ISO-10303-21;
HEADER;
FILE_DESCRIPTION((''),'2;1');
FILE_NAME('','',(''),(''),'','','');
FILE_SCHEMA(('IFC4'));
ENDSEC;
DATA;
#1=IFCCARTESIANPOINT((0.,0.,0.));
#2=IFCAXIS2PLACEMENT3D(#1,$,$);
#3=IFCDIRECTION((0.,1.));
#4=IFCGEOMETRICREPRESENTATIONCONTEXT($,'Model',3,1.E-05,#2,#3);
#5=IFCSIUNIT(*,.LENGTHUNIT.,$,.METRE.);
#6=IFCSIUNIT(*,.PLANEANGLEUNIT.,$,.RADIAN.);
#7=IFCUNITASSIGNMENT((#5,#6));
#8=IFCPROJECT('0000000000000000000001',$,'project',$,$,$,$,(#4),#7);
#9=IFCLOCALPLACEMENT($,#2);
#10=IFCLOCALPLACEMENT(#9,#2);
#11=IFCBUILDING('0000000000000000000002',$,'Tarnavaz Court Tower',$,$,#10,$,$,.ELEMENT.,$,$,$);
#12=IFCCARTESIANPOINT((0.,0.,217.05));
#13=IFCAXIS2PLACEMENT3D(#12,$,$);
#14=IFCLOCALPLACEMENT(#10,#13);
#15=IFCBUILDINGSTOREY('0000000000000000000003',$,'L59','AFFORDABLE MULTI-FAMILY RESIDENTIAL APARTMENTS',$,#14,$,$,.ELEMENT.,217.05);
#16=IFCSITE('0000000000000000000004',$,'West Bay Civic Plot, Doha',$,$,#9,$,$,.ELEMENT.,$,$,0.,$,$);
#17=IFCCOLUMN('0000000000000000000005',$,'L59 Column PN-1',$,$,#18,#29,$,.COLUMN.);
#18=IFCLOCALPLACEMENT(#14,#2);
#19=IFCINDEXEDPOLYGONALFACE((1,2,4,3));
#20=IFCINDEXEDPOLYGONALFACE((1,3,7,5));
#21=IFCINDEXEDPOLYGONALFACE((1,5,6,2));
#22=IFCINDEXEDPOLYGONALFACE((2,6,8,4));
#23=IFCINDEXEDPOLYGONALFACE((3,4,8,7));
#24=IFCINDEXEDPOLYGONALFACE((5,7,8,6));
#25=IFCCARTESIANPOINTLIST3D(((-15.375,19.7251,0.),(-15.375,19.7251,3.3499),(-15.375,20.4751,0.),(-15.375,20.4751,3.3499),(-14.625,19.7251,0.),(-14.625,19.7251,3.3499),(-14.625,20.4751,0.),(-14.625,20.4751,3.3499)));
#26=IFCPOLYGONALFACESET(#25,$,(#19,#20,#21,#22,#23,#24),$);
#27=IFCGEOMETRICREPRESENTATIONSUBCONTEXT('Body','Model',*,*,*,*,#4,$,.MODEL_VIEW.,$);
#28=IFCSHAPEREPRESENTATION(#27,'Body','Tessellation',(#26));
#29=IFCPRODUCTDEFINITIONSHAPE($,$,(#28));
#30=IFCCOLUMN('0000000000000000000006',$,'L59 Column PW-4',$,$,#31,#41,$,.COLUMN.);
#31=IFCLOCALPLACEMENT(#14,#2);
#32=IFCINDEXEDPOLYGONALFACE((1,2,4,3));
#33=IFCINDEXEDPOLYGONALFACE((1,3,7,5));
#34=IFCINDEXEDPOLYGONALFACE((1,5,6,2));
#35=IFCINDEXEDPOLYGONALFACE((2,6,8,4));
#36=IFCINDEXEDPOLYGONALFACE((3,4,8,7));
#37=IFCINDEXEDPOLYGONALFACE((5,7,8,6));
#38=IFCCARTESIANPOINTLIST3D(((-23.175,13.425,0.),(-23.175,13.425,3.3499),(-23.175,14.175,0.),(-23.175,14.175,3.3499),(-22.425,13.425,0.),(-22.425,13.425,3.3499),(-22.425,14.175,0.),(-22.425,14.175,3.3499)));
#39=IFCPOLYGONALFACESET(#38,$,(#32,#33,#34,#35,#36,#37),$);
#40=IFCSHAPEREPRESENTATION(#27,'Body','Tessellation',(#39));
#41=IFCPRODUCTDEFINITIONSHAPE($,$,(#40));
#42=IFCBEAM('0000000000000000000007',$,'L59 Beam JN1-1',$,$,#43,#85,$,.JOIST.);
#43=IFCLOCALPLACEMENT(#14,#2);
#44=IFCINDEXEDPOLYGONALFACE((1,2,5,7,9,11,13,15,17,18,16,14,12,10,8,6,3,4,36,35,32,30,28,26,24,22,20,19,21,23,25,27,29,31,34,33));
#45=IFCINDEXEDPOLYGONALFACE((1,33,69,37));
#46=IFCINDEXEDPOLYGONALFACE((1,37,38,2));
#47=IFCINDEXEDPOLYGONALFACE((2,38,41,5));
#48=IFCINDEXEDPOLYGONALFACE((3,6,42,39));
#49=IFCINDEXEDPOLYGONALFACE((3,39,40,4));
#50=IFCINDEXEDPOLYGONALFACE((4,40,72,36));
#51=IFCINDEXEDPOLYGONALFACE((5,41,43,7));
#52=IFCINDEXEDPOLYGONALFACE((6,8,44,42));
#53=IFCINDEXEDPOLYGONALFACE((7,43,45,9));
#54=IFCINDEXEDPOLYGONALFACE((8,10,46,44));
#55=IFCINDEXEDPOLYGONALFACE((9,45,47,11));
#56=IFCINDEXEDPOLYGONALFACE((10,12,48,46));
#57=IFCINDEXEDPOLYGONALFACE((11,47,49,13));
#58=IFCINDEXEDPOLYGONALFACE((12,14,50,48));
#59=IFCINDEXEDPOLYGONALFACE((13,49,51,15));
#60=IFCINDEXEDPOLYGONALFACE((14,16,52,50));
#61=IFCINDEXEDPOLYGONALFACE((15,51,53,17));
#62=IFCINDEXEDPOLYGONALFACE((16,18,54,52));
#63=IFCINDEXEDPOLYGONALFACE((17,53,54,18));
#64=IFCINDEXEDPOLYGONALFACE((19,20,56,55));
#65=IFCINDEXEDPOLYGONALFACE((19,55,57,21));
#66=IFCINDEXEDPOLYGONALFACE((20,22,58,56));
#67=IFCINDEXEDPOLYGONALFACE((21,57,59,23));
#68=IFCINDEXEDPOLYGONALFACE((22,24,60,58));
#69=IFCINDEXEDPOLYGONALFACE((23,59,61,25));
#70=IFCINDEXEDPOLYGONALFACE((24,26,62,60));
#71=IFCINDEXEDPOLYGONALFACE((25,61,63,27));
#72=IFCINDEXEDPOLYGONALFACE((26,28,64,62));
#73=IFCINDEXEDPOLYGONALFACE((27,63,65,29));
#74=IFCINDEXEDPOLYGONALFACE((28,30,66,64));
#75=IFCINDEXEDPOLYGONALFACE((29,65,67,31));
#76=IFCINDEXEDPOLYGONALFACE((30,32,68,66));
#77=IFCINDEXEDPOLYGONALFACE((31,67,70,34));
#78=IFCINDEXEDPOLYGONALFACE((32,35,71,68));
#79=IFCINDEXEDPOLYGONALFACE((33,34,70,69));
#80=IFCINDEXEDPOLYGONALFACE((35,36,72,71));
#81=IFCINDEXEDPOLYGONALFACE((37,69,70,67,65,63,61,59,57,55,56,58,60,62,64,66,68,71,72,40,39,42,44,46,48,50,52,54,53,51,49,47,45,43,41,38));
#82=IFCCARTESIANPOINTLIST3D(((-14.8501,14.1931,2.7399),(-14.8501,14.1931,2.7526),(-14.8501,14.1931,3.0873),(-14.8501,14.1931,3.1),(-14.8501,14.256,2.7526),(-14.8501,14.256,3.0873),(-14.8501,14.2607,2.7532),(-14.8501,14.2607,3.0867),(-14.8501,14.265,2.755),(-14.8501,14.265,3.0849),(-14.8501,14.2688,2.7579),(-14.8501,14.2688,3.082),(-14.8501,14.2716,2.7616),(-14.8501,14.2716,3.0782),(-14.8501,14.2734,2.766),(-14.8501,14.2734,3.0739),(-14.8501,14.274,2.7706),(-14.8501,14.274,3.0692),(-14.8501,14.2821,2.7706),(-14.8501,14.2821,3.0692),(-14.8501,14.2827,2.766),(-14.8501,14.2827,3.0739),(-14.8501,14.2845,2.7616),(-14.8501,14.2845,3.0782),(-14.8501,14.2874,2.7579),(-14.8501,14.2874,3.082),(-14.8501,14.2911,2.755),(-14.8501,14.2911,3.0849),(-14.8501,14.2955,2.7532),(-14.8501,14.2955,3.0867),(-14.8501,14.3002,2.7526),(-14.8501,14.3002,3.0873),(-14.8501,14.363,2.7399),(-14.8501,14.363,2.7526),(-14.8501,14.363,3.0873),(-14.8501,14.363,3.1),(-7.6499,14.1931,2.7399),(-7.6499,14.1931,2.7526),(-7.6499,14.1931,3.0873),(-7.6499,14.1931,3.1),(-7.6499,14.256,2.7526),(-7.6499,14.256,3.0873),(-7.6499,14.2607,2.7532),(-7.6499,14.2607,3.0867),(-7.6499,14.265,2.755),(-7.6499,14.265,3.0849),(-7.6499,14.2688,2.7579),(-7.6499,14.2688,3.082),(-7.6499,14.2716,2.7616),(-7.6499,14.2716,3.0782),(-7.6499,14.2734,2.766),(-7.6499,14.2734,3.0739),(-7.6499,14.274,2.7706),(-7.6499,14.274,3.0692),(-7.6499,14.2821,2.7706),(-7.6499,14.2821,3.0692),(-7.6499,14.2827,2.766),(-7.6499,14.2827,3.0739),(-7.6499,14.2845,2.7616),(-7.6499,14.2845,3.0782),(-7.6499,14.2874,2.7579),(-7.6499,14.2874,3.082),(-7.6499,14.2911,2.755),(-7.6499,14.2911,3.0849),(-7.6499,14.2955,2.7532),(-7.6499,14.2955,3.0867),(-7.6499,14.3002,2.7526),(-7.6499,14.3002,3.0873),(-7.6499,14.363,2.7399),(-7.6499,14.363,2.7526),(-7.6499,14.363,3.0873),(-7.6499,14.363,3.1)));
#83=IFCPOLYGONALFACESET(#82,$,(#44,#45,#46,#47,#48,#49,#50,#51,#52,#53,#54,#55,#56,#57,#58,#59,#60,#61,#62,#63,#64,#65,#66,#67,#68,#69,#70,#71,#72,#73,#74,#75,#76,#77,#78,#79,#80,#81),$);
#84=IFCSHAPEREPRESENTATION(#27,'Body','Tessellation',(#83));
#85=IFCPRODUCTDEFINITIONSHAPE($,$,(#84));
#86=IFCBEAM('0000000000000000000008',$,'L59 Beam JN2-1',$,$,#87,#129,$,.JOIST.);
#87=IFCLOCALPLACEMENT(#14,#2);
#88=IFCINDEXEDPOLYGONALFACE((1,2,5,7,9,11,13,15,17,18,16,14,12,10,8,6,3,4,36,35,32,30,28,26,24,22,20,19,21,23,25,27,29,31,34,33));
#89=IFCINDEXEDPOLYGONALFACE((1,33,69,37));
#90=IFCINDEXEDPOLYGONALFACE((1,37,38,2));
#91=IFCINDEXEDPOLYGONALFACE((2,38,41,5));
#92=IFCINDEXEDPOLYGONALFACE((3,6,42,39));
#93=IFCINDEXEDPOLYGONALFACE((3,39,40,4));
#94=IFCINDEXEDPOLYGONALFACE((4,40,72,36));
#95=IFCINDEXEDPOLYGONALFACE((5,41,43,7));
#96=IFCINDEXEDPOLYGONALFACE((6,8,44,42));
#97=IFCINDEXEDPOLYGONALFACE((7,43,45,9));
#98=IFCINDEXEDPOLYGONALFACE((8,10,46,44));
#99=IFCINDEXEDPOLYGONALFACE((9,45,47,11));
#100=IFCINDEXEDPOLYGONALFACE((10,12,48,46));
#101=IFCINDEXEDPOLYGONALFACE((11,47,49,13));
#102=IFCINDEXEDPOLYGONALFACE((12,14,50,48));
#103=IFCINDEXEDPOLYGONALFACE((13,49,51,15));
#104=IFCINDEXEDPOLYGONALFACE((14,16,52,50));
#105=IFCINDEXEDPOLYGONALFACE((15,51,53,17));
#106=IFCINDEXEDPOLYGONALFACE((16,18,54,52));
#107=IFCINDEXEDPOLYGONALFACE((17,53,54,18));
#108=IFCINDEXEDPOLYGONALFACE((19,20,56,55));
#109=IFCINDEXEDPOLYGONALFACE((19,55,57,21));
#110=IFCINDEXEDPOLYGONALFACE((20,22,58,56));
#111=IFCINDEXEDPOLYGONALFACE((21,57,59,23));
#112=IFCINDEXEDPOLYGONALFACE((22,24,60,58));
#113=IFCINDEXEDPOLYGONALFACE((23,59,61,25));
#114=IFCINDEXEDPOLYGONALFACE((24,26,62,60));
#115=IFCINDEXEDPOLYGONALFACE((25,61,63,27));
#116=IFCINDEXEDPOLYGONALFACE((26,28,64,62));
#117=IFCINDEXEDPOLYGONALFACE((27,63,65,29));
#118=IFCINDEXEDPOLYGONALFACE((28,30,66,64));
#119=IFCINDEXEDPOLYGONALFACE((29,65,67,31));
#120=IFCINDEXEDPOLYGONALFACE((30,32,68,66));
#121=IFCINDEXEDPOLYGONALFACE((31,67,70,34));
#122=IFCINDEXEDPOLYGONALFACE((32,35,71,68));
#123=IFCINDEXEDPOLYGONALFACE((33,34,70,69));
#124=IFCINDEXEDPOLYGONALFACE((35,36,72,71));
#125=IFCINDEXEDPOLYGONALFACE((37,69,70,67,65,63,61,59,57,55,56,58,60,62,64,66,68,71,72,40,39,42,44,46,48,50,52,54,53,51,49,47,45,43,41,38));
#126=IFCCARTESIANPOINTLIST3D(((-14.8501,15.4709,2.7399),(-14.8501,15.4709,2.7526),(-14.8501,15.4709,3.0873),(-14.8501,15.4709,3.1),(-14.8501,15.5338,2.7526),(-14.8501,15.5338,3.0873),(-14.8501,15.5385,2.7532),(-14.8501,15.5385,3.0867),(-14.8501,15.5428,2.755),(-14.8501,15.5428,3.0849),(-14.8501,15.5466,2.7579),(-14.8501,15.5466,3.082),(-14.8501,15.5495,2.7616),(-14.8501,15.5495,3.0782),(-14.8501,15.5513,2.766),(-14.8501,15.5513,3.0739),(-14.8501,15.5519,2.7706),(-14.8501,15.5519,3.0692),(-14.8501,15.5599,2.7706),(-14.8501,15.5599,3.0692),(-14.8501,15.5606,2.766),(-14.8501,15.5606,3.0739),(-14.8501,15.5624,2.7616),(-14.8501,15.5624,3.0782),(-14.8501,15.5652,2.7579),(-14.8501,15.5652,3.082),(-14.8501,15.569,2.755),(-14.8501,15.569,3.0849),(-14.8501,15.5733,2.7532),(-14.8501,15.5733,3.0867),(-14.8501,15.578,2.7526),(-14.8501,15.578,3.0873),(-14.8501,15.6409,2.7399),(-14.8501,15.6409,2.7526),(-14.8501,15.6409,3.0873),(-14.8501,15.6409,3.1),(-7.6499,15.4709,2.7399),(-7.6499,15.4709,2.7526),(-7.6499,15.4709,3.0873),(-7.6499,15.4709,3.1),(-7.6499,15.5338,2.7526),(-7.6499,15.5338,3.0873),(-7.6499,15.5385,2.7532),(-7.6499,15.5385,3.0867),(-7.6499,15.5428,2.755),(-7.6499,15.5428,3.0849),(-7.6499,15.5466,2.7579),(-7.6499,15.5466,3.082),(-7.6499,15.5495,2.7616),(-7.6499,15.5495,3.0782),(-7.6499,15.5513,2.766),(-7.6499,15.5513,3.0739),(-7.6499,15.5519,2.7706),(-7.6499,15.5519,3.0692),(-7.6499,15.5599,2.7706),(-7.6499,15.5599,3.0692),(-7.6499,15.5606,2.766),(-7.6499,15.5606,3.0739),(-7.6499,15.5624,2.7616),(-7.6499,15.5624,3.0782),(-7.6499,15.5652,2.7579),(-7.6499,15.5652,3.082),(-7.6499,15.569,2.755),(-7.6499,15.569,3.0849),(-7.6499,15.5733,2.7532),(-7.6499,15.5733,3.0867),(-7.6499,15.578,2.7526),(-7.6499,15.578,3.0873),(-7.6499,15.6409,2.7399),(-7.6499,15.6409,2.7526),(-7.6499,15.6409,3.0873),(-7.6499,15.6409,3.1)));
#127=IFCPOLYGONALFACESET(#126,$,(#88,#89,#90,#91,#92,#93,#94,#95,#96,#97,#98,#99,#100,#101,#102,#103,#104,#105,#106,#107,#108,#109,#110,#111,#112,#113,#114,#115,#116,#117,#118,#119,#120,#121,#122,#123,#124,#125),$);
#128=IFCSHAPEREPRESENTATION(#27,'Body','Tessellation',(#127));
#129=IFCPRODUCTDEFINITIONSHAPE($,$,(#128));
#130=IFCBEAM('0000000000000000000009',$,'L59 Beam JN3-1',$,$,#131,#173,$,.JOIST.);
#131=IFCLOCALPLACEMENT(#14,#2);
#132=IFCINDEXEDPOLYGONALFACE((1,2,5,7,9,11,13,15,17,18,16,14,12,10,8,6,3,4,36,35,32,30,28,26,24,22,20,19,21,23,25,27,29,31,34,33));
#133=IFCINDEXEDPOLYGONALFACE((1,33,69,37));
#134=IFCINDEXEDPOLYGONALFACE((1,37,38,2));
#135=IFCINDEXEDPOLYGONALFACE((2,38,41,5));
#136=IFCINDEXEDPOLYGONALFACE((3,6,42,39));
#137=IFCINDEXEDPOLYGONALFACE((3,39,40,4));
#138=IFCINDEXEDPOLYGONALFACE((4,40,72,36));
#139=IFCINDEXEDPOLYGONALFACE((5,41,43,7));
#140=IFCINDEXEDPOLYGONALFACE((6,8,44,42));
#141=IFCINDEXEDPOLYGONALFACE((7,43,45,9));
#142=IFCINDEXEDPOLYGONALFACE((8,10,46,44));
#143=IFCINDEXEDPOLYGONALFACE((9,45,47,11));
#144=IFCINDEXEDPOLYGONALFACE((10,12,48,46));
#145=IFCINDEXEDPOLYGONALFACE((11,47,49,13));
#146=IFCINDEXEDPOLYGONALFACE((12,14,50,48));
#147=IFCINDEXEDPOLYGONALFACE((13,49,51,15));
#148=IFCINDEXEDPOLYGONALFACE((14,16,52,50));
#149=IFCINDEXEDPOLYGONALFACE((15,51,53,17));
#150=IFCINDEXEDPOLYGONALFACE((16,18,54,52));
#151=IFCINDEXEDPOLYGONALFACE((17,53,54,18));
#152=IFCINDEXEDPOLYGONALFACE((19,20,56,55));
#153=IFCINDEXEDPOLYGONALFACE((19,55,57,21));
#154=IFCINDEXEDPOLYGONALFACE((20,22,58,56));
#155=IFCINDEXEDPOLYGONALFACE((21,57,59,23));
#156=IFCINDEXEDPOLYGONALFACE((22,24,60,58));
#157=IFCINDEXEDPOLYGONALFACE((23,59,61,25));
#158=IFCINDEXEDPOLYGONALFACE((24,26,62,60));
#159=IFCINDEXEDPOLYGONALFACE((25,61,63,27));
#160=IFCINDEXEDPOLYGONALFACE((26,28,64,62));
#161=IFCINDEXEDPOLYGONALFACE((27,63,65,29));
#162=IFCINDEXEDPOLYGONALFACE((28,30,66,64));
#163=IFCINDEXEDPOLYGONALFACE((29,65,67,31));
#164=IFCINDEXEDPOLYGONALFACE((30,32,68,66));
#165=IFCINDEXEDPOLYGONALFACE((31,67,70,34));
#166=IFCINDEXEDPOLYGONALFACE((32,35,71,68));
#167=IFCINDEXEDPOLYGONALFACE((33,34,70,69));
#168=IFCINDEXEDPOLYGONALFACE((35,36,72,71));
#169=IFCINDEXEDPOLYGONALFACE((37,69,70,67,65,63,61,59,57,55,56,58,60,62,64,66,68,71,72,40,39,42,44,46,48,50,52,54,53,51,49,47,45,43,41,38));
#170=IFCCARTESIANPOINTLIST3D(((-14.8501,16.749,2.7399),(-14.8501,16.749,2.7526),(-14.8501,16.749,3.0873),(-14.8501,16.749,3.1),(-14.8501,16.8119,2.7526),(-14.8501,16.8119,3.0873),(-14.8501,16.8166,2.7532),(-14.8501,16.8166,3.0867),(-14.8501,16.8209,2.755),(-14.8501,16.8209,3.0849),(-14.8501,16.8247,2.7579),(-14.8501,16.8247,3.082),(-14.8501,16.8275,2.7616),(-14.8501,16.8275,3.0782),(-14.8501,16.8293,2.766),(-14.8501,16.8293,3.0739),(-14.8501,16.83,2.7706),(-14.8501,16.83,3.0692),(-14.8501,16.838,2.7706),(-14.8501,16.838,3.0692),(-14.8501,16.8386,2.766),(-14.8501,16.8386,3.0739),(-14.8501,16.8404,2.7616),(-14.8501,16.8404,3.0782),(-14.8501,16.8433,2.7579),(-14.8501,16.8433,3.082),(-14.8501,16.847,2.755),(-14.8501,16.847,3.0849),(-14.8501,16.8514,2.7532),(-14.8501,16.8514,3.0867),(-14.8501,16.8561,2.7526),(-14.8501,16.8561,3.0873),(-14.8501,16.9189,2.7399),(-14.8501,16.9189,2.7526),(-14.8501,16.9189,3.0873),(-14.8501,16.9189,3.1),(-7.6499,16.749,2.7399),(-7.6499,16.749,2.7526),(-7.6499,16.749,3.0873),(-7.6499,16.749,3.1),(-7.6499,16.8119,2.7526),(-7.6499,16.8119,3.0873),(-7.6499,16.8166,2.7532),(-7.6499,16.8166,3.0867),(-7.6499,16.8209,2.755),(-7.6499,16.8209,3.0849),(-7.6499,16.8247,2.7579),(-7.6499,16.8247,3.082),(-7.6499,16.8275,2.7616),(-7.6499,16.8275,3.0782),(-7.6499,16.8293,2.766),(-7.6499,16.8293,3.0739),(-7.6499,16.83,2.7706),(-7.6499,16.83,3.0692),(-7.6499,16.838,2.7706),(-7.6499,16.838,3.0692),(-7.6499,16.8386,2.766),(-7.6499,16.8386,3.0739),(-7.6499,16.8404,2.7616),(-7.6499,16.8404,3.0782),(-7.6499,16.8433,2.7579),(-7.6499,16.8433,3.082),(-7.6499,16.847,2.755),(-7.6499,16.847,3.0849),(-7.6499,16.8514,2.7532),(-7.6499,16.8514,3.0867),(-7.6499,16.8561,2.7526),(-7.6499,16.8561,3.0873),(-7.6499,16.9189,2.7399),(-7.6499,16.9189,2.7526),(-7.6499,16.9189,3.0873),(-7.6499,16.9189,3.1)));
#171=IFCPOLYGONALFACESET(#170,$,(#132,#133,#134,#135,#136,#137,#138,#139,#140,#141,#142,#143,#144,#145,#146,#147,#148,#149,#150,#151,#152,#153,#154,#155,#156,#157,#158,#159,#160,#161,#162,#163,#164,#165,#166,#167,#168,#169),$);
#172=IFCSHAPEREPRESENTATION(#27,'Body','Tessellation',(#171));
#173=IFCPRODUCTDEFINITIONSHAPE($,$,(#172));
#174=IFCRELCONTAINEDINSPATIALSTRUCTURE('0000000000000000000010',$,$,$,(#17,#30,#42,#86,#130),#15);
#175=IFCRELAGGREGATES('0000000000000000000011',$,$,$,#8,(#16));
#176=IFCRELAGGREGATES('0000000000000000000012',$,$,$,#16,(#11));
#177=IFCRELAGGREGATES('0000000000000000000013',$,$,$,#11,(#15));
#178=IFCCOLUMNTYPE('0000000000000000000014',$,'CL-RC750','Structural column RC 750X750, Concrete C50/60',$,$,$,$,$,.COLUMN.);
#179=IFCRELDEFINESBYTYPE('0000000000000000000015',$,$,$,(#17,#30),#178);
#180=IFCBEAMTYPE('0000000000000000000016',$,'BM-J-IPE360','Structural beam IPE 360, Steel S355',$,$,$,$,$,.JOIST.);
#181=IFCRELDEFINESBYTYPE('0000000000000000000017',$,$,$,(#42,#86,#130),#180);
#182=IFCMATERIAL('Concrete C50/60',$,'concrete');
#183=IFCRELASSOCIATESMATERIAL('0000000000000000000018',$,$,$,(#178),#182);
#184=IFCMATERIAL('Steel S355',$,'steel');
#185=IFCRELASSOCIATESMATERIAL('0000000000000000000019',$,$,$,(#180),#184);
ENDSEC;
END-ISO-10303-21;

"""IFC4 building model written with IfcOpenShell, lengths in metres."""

from ifc_helpers import new_model, si_unit, direction, frame, origin, origin_2d, place, context, subcontext, project, spatial, rectangle, i_section, extrude, material, material_profile, profile_set, type_object, element, save


model = new_model("IFC4")

# Units and contexts
model_context = context("Model", 3, precision=1e-05, world=origin(), true_north=direction((0.0, 1.0)))
body_context = subcontext(model_context, "Body", "Model", "MODEL_VIEW")
ifc_project = project(units=[si_unit("LENGTHUNIT", "METRE"), si_unit("PLANEANGLEUNIT", "RADIAN")], contexts=[model_context])

# Site, building, storey
site_placement = place(None, origin())
site = spatial("IfcSite", under=ifc_project, at=site_placement, Name="West Bay Civic Plot, Doha", CompositionType="ELEMENT", RefElevation=0.0)
building_placement = place(site_placement, origin())
building = spatial("IfcBuilding", under=site, at=building_placement, Name="Tarnavaz Court Tower", CompositionType="ELEMENT")
storey_placement = place(building_placement, frame((0.0, 0.0, 217.05)))
storey = spatial("IfcBuildingStorey", under=building, at=storey_placement, Name="L59", Description="AFFORDABLE MULTI-FAMILY RESIDENTIAL APARTMENTS", CompositionType="ELEMENT", Elevation=217.05)

# Columns
ifc_material_1 = material(Name="Concrete C50/60", Category="concrete")
ifc_material_profile_1 = material_profile(ifc_material_1, rectangle(XDim=0.75, YDim=0.75, at=origin_2d()), Name="RC 750X750")
ifc_profile_set_1 = profile_set([ifc_material_profile_1], Name="Concrete C50/60")
column_type = type_object("IfcColumnType", Name="CL-RC750", Description="Structural column RC 750X750, Concrete C50/60", PredefinedType="COLUMN", material=ifc_profile_set_1)
for number, where, z_axis, x_axis, name in (
    (1, (-15.0, 20.1001, 0.0), (0.0, 0.0, 1.0), (1.0, 0.0, 0.0), "L59 Column PN-1"),
    (2, (-22.8, 13.8, 0.0), (0.0, 0.0, 1.0), (1.0, 0.0, 0.0), "L59 Column PW-4"),
):
    element("IfcColumn", number, at=place(storey_placement, frame(where, z_axis=z_axis, x_axis=x_axis)), inside=storey, type_object=column_type, Name=name, PredefinedType="COLUMN", context=body_context, shape_type="SweptSolid", body=[
        extrude(rectangle(XDim=0.75, YDim=0.75, at=origin_2d()), origin(), (0.0, 0.0, 1.0), 3.3499),
    ])

# Beams
ifc_material_2 = material(Name="Steel S355", Category="steel")
ifc_material_profile_2 = material_profile(ifc_material_2, i_section(OverallWidth=0.1699, OverallDepth=0.3601, WebThickness=0.0081, FlangeThickness=0.0127, FilletRadius=0.0181, at=origin_2d()), Name="IPE 360")
ifc_profile_set_2 = profile_set([ifc_material_profile_2], Name="Steel S355")
beam_type_1 = type_object("IfcBeamType", Name="BM-J-IPE360", Description="Structural beam IPE 360, Steel S355", PredefinedType="JOIST", material=ifc_profile_set_2)
for number, where, z_axis, x_axis, name in (
    (3, (-14.8501, 14.2781, 2.9199), (1.0, 0.0, 0.0), (0.0, 1.0, 0.0), "L59 Beam JN1-1"),
    (4, (-14.8501, 15.5559, 2.9199), (1.0, 0.0, 0.0), (0.0, 1.0, 0.0), "L59 Beam JN2-1"),
    (5, (-14.8501, 16.834, 2.9199), (1.0, 0.0, 0.0), (0.0, 1.0, 0.0), "L59 Beam JN3-1"),
):
    element("IfcBeam", number, at=place(storey_placement, frame(where, z_axis=z_axis, x_axis=x_axis)), inside=storey, type_object=beam_type_1, Name=name, PredefinedType="JOIST", context=body_context, shape_type="SweptSolid", body=[
        extrude(i_section(OverallWidth=0.1699, OverallDepth=0.3601, WebThickness=0.0081, FlangeThickness=0.0127, FilletRadius=0.0181, at=origin_2d()), origin(), (0.0, 0.0, 1.0), 7.2002),
    ])

save(model, "model.ifc")
